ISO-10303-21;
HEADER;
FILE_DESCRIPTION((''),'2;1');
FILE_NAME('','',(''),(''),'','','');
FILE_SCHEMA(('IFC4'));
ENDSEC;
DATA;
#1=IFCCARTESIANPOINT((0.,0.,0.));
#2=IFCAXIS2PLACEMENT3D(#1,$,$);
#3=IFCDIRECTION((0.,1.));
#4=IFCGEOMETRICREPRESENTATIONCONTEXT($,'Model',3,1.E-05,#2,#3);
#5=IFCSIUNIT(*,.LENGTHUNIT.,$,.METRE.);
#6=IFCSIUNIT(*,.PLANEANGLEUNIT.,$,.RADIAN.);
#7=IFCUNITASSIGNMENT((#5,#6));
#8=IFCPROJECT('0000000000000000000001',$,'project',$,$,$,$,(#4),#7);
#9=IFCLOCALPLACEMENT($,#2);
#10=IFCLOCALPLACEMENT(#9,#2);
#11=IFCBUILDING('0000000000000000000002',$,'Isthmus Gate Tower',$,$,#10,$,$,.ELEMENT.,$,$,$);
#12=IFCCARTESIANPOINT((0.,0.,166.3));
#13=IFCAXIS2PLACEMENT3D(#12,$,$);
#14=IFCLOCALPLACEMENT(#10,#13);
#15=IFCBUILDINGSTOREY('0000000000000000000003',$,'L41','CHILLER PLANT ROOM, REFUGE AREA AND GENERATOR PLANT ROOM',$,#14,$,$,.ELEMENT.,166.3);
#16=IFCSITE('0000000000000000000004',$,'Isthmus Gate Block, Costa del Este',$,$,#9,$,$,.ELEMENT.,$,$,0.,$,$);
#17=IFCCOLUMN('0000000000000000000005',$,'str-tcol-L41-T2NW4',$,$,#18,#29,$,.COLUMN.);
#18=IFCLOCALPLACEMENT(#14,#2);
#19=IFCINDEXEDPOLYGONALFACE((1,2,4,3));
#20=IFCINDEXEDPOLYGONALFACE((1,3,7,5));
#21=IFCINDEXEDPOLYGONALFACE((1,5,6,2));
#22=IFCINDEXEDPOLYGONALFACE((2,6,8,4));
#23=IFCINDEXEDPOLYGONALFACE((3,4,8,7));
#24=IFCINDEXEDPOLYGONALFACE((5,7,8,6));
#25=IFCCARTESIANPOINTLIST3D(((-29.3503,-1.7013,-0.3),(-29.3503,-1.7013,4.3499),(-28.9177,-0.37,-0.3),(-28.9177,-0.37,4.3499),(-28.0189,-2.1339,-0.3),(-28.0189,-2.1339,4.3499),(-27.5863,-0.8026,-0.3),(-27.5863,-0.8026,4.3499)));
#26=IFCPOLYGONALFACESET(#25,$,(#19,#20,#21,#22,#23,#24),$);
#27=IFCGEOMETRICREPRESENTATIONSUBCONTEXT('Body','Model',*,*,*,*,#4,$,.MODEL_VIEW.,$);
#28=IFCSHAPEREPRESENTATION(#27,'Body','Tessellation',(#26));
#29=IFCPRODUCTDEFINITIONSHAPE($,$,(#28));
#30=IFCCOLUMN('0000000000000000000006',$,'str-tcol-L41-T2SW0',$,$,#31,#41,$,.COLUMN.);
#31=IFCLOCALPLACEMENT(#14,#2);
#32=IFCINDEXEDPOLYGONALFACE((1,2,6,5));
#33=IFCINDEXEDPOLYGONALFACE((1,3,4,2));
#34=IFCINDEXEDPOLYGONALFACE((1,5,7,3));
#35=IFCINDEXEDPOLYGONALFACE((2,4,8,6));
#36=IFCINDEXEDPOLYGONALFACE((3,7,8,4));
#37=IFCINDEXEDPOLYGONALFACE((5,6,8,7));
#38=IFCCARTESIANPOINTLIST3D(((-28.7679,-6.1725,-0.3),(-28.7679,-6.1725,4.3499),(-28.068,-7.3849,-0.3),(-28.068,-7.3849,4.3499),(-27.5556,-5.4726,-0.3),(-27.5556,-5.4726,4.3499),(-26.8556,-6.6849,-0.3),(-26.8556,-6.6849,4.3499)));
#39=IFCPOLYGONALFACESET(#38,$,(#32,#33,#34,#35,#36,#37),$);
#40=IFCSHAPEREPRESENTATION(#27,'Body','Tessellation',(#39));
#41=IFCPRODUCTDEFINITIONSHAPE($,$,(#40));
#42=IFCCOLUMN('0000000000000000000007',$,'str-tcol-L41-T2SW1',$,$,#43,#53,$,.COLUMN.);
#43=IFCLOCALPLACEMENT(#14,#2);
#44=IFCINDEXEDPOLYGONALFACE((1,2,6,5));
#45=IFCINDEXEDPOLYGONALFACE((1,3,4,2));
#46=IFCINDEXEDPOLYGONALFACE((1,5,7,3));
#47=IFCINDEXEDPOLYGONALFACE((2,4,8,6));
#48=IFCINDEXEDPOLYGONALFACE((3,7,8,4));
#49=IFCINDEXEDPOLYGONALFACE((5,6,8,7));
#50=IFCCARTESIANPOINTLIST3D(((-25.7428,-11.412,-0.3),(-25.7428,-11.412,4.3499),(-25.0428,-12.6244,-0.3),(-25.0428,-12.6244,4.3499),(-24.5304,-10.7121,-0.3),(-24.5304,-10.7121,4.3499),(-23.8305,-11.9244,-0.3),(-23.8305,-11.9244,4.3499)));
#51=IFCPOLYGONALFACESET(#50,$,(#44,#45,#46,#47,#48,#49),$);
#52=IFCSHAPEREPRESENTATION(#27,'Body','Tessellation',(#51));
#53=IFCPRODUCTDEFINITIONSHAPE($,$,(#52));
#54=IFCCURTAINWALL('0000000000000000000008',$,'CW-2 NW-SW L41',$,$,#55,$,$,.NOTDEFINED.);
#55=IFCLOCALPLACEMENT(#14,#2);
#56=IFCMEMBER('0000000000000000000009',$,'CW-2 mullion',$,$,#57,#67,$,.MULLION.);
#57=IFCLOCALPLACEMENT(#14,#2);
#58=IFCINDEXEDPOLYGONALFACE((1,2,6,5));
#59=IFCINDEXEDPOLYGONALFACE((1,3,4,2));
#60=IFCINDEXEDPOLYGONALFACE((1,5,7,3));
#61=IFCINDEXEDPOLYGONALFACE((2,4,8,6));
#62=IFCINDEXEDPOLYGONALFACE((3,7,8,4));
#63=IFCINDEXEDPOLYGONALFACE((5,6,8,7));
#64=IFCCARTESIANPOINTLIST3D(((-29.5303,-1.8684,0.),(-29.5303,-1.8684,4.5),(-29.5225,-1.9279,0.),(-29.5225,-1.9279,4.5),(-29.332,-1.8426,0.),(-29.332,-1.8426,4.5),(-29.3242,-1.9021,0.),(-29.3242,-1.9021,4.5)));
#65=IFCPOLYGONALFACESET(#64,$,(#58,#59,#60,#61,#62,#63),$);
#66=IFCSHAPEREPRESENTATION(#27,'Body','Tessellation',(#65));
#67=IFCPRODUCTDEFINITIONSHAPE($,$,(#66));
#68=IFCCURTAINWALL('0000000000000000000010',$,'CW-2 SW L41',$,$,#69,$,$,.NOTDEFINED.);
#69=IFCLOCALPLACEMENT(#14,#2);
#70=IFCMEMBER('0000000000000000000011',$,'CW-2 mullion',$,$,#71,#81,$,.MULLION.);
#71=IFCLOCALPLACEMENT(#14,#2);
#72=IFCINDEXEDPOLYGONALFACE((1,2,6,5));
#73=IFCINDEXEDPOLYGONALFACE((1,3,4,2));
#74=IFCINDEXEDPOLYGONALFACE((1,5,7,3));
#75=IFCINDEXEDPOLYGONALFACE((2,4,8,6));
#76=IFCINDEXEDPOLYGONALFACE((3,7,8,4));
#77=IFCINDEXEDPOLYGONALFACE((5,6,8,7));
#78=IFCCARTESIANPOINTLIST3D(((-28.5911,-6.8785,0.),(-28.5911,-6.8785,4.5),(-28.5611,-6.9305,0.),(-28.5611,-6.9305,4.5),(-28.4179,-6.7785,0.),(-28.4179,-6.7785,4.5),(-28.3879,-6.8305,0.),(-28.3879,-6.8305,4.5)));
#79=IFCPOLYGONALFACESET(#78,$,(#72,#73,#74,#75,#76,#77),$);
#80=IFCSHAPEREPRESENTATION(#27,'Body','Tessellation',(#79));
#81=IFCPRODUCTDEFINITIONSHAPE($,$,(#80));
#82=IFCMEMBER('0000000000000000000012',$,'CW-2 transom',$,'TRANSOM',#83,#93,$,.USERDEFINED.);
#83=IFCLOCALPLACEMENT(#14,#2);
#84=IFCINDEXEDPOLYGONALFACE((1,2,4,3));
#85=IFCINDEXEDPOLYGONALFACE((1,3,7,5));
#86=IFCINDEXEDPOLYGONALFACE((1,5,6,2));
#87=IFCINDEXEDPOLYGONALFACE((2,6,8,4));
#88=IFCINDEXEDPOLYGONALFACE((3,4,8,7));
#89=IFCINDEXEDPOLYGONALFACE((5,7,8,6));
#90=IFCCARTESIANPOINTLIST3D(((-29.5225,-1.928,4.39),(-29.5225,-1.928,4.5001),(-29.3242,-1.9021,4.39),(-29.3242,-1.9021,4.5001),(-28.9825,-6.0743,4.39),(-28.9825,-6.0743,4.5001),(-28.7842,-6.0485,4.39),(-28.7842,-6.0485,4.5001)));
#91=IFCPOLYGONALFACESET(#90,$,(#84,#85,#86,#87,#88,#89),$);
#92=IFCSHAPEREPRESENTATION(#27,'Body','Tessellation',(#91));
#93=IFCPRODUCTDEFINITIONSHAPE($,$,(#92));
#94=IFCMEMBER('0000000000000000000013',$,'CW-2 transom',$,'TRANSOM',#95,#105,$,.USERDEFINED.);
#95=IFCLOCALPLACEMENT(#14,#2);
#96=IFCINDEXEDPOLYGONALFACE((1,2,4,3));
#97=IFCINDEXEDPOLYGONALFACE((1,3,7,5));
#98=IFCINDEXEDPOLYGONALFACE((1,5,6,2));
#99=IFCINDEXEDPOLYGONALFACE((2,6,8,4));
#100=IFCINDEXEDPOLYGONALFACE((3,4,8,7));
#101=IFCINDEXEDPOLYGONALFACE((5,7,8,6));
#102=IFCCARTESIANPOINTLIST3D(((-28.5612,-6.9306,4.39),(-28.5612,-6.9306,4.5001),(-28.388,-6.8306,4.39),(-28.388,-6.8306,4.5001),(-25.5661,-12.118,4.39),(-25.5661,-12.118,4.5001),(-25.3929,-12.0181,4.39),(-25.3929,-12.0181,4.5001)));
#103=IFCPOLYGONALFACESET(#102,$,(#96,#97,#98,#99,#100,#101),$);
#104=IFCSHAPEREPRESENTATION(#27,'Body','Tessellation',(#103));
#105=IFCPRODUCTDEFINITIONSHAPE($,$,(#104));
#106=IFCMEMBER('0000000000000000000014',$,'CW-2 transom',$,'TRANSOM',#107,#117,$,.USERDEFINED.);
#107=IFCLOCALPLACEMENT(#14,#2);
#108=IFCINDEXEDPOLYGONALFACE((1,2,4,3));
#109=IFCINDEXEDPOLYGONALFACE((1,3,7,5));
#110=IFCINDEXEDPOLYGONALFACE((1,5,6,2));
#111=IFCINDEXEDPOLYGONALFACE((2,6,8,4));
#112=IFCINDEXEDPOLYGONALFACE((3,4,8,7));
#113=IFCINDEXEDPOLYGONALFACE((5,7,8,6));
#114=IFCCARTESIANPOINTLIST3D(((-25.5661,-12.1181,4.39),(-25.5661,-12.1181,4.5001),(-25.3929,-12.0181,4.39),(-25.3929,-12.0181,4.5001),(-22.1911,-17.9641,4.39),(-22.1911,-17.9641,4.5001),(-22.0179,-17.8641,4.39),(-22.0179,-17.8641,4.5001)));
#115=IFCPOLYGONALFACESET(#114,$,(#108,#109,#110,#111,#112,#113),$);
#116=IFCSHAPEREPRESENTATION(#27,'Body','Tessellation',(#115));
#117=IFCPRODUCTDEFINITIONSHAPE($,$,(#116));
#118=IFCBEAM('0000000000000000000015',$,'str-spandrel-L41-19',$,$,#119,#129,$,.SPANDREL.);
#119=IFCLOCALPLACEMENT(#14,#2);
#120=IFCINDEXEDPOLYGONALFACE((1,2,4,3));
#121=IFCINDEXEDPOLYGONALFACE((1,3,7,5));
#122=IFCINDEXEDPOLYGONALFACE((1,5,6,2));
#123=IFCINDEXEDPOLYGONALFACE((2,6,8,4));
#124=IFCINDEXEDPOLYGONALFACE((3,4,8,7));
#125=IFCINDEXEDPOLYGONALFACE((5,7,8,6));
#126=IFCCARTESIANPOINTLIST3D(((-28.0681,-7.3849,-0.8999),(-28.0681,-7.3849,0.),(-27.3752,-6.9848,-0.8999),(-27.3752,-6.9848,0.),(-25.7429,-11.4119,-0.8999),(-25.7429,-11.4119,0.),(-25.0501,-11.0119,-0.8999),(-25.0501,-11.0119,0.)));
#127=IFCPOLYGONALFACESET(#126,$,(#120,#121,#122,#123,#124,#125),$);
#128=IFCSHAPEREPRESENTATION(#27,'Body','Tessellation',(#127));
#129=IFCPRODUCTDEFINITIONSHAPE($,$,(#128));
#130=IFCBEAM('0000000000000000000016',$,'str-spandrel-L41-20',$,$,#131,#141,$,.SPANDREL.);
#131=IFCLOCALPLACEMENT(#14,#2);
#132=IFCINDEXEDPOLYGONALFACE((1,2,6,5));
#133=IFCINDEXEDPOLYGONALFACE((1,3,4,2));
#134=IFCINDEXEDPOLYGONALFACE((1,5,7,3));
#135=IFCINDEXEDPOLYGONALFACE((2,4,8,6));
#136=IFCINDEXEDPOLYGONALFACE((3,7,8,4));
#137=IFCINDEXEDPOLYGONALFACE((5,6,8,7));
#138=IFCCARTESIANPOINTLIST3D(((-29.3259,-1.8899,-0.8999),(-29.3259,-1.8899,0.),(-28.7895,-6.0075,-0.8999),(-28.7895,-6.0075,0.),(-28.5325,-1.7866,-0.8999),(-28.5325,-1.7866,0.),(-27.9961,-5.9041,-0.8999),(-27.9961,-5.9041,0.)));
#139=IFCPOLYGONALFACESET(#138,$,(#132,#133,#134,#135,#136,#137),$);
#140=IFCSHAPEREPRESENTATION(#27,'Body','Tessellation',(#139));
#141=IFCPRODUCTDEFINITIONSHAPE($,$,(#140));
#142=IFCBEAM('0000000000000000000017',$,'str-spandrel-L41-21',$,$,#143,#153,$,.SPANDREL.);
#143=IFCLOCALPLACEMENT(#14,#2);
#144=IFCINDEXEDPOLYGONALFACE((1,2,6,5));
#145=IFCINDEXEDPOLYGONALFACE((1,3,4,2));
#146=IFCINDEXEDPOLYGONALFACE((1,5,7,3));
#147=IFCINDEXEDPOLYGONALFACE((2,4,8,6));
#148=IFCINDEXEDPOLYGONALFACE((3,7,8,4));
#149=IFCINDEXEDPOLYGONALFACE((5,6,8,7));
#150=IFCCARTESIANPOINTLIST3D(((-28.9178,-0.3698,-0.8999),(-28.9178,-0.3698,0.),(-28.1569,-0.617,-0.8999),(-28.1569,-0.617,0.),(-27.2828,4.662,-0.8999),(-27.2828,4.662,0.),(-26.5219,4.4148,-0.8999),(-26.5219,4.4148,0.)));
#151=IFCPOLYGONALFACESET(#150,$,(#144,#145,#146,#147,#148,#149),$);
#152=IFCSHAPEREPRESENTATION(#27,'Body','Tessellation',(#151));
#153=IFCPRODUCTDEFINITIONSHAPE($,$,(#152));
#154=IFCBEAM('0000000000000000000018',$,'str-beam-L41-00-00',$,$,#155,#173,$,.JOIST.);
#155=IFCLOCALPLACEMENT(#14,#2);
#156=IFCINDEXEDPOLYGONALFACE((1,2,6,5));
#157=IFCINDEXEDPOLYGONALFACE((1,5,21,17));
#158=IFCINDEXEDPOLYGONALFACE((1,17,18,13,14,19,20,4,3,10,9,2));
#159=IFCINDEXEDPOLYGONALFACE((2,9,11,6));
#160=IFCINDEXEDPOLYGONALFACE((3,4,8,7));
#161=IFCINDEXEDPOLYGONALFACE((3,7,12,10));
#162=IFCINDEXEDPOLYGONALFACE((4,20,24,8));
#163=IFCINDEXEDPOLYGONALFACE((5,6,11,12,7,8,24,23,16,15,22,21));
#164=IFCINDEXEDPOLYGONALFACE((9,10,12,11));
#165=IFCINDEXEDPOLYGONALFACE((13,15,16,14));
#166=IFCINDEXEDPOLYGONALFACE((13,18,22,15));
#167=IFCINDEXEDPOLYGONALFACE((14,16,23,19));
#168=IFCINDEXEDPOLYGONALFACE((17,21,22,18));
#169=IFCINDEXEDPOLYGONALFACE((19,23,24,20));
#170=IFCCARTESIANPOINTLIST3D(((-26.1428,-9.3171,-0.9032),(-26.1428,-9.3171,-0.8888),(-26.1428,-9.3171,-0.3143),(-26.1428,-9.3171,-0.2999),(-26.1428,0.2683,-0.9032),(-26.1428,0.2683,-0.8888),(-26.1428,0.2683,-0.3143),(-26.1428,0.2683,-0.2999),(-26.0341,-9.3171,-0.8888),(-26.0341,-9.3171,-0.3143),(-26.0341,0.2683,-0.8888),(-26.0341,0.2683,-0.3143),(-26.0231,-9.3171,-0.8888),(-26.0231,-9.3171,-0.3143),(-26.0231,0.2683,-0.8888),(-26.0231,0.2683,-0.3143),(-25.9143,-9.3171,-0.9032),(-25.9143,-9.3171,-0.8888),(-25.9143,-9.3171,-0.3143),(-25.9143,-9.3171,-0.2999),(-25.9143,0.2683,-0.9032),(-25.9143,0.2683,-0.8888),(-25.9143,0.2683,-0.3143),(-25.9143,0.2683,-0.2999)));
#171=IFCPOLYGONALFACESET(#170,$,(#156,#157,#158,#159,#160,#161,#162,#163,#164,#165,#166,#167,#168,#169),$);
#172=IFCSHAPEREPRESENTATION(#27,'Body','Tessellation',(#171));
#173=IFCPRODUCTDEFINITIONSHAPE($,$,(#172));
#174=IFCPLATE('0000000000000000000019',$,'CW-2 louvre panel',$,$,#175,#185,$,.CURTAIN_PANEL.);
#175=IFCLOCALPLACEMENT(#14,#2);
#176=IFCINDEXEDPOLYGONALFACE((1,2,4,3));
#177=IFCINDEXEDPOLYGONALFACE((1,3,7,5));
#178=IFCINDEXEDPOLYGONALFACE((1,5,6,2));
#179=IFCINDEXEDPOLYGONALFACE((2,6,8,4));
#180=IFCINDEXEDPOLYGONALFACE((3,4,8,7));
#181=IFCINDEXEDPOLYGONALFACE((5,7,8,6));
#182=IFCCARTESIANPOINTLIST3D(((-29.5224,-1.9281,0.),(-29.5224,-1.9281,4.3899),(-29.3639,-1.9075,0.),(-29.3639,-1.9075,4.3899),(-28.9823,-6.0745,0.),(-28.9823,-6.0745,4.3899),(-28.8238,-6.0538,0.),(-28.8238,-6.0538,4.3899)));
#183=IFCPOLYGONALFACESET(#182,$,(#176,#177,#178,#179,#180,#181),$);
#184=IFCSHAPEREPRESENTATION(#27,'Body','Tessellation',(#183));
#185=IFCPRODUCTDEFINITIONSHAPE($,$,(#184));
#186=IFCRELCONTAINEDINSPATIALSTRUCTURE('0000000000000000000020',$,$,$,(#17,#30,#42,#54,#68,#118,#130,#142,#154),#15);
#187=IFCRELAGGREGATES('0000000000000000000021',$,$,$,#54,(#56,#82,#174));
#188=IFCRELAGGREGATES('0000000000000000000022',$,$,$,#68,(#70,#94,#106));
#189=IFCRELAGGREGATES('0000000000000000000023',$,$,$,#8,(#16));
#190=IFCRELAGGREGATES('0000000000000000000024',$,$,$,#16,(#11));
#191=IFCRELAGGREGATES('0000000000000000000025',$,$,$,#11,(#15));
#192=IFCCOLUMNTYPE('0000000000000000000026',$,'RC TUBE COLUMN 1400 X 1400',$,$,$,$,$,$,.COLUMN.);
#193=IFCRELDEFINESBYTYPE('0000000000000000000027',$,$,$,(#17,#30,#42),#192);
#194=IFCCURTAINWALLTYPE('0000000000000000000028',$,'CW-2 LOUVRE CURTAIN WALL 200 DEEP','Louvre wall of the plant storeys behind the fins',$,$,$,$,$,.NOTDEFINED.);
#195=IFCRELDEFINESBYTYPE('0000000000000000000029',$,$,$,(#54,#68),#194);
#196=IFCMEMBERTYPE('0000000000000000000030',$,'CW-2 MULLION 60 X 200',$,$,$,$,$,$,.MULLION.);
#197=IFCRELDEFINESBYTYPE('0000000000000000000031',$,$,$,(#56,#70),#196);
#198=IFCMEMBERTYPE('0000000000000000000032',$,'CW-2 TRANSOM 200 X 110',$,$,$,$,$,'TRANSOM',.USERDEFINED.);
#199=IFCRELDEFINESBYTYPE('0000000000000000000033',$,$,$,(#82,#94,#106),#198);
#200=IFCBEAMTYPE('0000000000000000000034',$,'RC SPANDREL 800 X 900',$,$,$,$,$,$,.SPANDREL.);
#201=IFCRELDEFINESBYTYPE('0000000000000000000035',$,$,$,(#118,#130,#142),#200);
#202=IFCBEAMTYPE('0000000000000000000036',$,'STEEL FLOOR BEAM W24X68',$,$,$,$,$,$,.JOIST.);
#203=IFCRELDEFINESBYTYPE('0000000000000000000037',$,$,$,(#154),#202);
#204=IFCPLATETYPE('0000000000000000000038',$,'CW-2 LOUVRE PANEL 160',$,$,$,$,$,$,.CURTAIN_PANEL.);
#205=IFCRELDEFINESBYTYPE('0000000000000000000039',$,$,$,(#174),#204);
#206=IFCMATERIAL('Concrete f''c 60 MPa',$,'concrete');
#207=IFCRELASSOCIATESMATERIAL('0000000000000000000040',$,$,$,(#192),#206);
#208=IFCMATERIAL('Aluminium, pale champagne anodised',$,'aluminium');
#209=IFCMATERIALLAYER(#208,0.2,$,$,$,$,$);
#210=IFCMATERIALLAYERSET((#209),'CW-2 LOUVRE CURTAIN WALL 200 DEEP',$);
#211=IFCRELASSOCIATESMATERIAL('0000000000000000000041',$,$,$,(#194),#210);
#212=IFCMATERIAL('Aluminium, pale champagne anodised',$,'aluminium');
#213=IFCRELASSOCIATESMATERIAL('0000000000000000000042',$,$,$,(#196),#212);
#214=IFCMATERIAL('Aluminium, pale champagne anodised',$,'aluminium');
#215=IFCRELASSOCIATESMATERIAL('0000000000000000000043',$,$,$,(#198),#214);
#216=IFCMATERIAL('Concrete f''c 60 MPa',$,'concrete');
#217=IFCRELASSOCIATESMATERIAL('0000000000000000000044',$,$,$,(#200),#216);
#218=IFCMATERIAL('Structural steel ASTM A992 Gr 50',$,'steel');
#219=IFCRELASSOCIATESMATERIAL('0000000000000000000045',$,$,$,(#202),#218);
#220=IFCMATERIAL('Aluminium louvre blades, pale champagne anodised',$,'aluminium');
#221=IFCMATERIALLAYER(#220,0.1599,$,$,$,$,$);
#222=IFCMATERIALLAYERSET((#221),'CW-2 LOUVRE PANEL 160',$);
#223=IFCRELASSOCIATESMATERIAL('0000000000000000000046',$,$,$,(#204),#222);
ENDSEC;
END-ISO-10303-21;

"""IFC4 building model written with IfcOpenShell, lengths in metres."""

from ifc_helpers import new_model, si_unit, direction, frame, origin, origin_2d, place, context, subcontext, project, spatial, rectangle, i_section, extrude, material, layer, layer_set, material_profile, profile_set, type_object, element, aggregate, save


model = new_model("IFC4")

# Units and contexts
model_context = context("Model", 3, precision=1e-05, world=origin(), true_north=direction((0.0, 1.0)))
body_context = subcontext(model_context, "Body", "Model", "MODEL_VIEW")
ifc_project = project(units=[si_unit("LENGTHUNIT", "METRE"), si_unit("PLANEANGLEUNIT", "RADIAN")], contexts=[model_context])

# Site, building, storey
site_placement = place(None, origin())
site = spatial("IfcSite", under=ifc_project, at=site_placement, Name="Isthmus Gate Block, Costa del Este", CompositionType="ELEMENT", RefElevation=0.0)
building_placement = place(site_placement, origin())
building = spatial("IfcBuilding", under=site, at=building_placement, Name="Isthmus Gate Tower", CompositionType="ELEMENT")
storey_placement = place(building_placement, frame((0.0, 0.0, 166.3)))
storey = spatial("IfcBuildingStorey", under=building, at=storey_placement, Name="L41", Description="CHILLER PLANT ROOM, REFUGE AREA AND GENERATOR PLANT ROOM", CompositionType="ELEMENT", Elevation=166.3)

# Columns
ifc_material_1 = material(Name="Concrete f'c 60 MPa", Category="concrete")
ifc_material_profile_1 = material_profile(ifc_material_1, rectangle(XDim=1.3999, YDim=1.3999, at=origin_2d()), Name="RC 1400X1400")
ifc_profile_set_1 = profile_set([ifc_material_profile_1], Name="Concrete f'c 60 MPa")
column_type = type_object("IfcColumnType", Name="RC TUBE COLUMN 1400 X 1400", PredefinedType="COLUMN", material=ifc_profile_set_1)
for number, where, z_axis, x_axis, name in (
    (1, (-28.4683, -1.252, -0.3), (0.0, 0.0, 1.0), (-0.309017, -0.951057, 0.0), "str-tcol-L41-T2NW4"),
    (2, (-27.8118, -6.4287, -0.3), (0.0, 0.0, 1.0), (0.5, -0.866025, 0.0), "str-tcol-L41-T2SW0"),
    (3, (-24.7866, -11.6682, -0.3), (0.0, 0.0, 1.0), (0.5, -0.866025, 0.0), "str-tcol-L41-T2SW1"),
):
    element("IfcColumn", number, at=place(storey_placement, frame(where, z_axis=z_axis, x_axis=x_axis)), inside=storey, type_object=column_type, Name=name, PredefinedType="COLUMN", context=body_context, shape_type="SweptSolid", body=[
        extrude(rectangle(XDim=1.3999, YDim=1.3999, at=origin_2d()), origin(), (0.0, 0.0, 1.0), 4.6499),
    ])

# Curtain walls, members
ifc_material_2 = material(Name="Aluminium, pale champagne anodised", Category="aluminium")
ifc_layer_1 = layer(ifc_material_2, 0.2)
ifc_layer_set_1 = layer_set([ifc_layer_1], Name="CW-2 LOUVRE CURTAIN WALL 200 DEEP")
curtain_wall_type = type_object("IfcCurtainWallType", Name="CW-2 LOUVRE CURTAIN WALL 200 DEEP", Description="Louvre wall of the plant storeys behind the fins", PredefinedType="NOTDEFINED", material=ifc_layer_set_1)
curtain_wall_1_placement = place(storey_placement, origin())
curtain_wall_1 = element("IfcCurtainWall", 4, at=curtain_wall_1_placement, inside=storey, type_object=curtain_wall_type, Name="CW-2 NW-SW L41", PredefinedType="NOTDEFINED")
ifc_material_3 = material(Name="Aluminium, pale champagne anodised", Category="aluminium")
ifc_material_profile_2 = material_profile(ifc_material_3, rectangle(XDim=0.0601, YDim=0.2, at=origin_2d()), Name="60x200")
ifc_profile_set_2 = profile_set([ifc_material_profile_2], Name="Aluminium, pale champagne anodised")
member_type_1 = type_object("IfcMemberType", Name="CW-2 MULLION 60 X 200", PredefinedType="MULLION", material=ifc_profile_set_2)
member_1_placement = place(storey_placement, frame((-29.4272, -1.8853, 0.0), z_axis=(0.0, 0.0, 1.0), x_axis=(0.129165, -0.991623, 0.0)))
member_1 = element("IfcMember", 5, at=member_1_placement, type_object=member_type_1, Name="CW-2 mullion", PredefinedType="MULLION", context=body_context, shape_type="SweptSolid", body=[
    extrude(rectangle(XDim=0.0601, YDim=0.2, at=origin_2d()), origin(), (0.0, 0.0, 1.0), 4.5),
])
curtain_wall_2_placement = place(storey_placement, origin())
curtain_wall_2 = element("IfcCurtainWall", 6, at=curtain_wall_2_placement, inside=storey, type_object=curtain_wall_type, Name="CW-2 SW L41", PredefinedType="NOTDEFINED")
member_2_placement = place(storey_placement, frame((-28.4895, -6.8545, 0.0), z_axis=(0.0, 0.0, 1.0), x_axis=(0.5, -0.866025, 0.0)))
member_2 = element("IfcMember", 7, at=member_2_placement, type_object=member_type_1, Name="CW-2 mullion", PredefinedType="MULLION", context=body_context, shape_type="SweptSolid", body=[
    extrude(rectangle(XDim=0.0601, YDim=0.2, at=origin_2d()), origin(), (0.0, 0.0, 1.0), 4.5),
])

# Members
ifc_material_4 = material(Name="Aluminium, pale champagne anodised", Category="aluminium")
ifc_material_profile_3 = material_profile(ifc_material_4, rectangle(XDim=0.2, YDim=0.1101, at=origin_2d()), Name="200x110")
ifc_profile_set_3 = profile_set([ifc_material_profile_3], Name="Aluminium, pale champagne anodised")
member_type_2 = type_object("IfcMemberType", Name="CW-2 TRANSOM 200 X 110", ElementType="TRANSOM", PredefinedType="USERDEFINED", material=ifc_profile_set_3)
member_3_placement = place(storey_placement, frame((-29.4233, -1.915, 4.4451), z_axis=(0.129149, -0.991625, 0.0), x_axis=(0.991625, 0.129149, 0.0)))
member_3 = element("IfcMember", 8, at=member_3_placement, type_object=member_type_2, Name="CW-2 transom", ObjectType="TRANSOM", PredefinedType="USERDEFINED", context=body_context, shape_type="SweptSolid", body=[
    extrude(rectangle(XDim=0.2, YDim=0.1101, at=origin_2d()), origin(), (0.0, 0.0, 1.0), 4.1814),
])
member_4_placement = place(storey_placement, frame((-28.4746, -6.8806, 4.4451), z_axis=(0.500014, -0.866017, 0.0), x_axis=(0.866017, 0.500014, 0.0)))
member_4 = element("IfcMember", 9, at=member_4_placement, type_object=member_type_2, Name="CW-2 transom", ObjectType="TRANSOM", PredefinedType="USERDEFINED", context=body_context, shape_type="SweptSolid", body=[
    extrude(rectangle(XDim=0.2, YDim=0.1101, at=origin_2d()), origin(), (0.0, 0.0, 1.0), 5.99),
])
member_5_placement = place(storey_placement, frame((-25.4795, -12.0681, 4.4451), z_axis=(0.499982, -0.866036, 0.0), x_axis=(0.866036, 0.499982, 0.0)))
member_5 = element("IfcMember", 10, at=member_5_placement, type_object=member_type_2, Name="CW-2 transom", ObjectType="TRANSOM", PredefinedType="USERDEFINED", context=body_context, shape_type="SweptSolid", body=[
    extrude(rectangle(XDim=0.2, YDim=0.1101, at=origin_2d()), origin(), (0.0, 0.0, 1.0), 6.7502),
])

# Beams
ifc_material_5 = material(Name="Concrete f'c 60 MPa", Category="concrete")
ifc_material_profile_4 = material_profile(ifc_material_5, rectangle(XDim=0.8, YDim=0.8999, at=origin_2d()), Name="RC 800X900")
ifc_profile_set_4 = profile_set([ifc_material_profile_4], Name="Concrete f'c 60 MPa")
beam_type_1 = type_object("IfcBeamType", Name="RC SPANDREL 800 X 900", PredefinedType="SPANDREL", material=ifc_profile_set_4)
beam_1_placement = place(storey_placement, frame((-25.3965, -11.2119, -0.45), z_axis=(-0.500024, 0.866012, 0.0), x_axis=(-0.866012, -0.500024, 0.0)))
element("IfcBeam", 11, at=beam_1_placement, inside=storey, type_object=beam_type_1, Name="str-spandrel-L41-19", PredefinedType="SPANDREL", context=body_context, shape_type="SweptSolid", body=[
    extrude(rectangle(XDim=0.8, YDim=0.8999, at=origin_2d()), origin(), (0.0, 0.0, 1.0), 4.6501),
])
beam_2_placement = place(storey_placement, frame((-28.3928, -5.9558, -0.45), z_axis=(-0.129171, 0.991622, 0.0), x_axis=(-0.991622, -0.129171, 0.0)))
element("IfcBeam", 12, at=beam_2_placement, inside=storey, type_object=beam_type_1, Name="str-spandrel-L41-20", PredefinedType="SPANDREL", context=body_context, shape_type="SweptSolid", body=[
    extrude(rectangle(XDim=0.8, YDim=0.8999, at=origin_2d()), origin(), (0.0, 0.0, 1.0), 4.1523),
])
beam_3_placement = place(storey_placement, frame((-28.5374, -0.4934, -0.45), z_axis=(0.309034, 0.951051, 0.0), x_axis=(-0.951051, 0.309034, 0.0)))
element("IfcBeam", 13, at=beam_3_placement, inside=storey, type_object=beam_type_1, Name="str-spandrel-L41-21", PredefinedType="SPANDREL", context=body_context, shape_type="SweptSolid", body=[
    extrude(rectangle(XDim=0.8, YDim=0.8999, at=origin_2d()), origin(), (0.0, 0.0, 1.0), 5.2908),
])
ifc_material_6 = material(Name="Structural steel ASTM A992 Gr 50", Category="steel")
ifc_material_profile_5 = material_profile(ifc_material_6, i_section(OverallWidth=0.2285, OverallDepth=0.6033, WebThickness=0.011, FlangeThickness=0.0144, at=origin_2d()), Name="W24X68")
ifc_profile_set_5 = profile_set([ifc_material_profile_5], Name="Structural steel ASTM A992 Gr 50")
beam_type_2 = type_object("IfcBeamType", Name="STEEL FLOOR BEAM W24X68", PredefinedType="JOIST", material=ifc_profile_set_5)
beam_4_placement = place(storey_placement, frame((-26.0286, -9.3171, -0.6016), z_axis=(0.0, 1.0, 0.0), x_axis=(-1.0, 0.0, 0.0)))
element("IfcBeam", 14, at=beam_4_placement, inside=storey, type_object=beam_type_2, Name="str-beam-L41-00-00", PredefinedType="JOIST", context=body_context, shape_type="SweptSolid", body=[
    extrude(i_section(OverallWidth=0.2285, OverallDepth=0.6033, WebThickness=0.011, FlangeThickness=0.0144, at=origin_2d()), origin(), (0.0, 0.0, 1.0), 9.5854),
])

# Plate
ifc_material_7 = material(Name="Aluminium louvre blades, pale champagne anodised", Category="aluminium")
ifc_layer_2 = layer(ifc_material_7, 0.1599)
ifc_layer_set_2 = layer_set([ifc_layer_2], Name="CW-2 LOUVRE PANEL 160")
plate_type = type_object("IfcPlateType", Name="CW-2 LOUVRE PANEL 160", PredefinedType="CURTAIN_PANEL", material=ifc_layer_set_2)
plate_1_placement = place(storey_placement, frame((-29.1731, -3.991, 0.0), z_axis=(0.0, 0.0, 1.0), x_axis=(0.129165, -0.991623, 0.0)))
plate_1 = element("IfcPlate", 15, at=plate_1_placement, type_object=plate_type, Name="CW-2 louvre panel", PredefinedType="CURTAIN_PANEL", context=body_context, shape_type="SweptSolid", body=[
    extrude(rectangle(XDim=4.1814, YDim=0.1599, at=origin_2d()), origin(), (0.0, 0.0, 1.0), 4.3899),
])
aggregate(curtain_wall_1, [member_1, member_3, plate_1])
aggregate(curtain_wall_2, [member_2, member_4, member_5])

save(model, "model.ifc")
